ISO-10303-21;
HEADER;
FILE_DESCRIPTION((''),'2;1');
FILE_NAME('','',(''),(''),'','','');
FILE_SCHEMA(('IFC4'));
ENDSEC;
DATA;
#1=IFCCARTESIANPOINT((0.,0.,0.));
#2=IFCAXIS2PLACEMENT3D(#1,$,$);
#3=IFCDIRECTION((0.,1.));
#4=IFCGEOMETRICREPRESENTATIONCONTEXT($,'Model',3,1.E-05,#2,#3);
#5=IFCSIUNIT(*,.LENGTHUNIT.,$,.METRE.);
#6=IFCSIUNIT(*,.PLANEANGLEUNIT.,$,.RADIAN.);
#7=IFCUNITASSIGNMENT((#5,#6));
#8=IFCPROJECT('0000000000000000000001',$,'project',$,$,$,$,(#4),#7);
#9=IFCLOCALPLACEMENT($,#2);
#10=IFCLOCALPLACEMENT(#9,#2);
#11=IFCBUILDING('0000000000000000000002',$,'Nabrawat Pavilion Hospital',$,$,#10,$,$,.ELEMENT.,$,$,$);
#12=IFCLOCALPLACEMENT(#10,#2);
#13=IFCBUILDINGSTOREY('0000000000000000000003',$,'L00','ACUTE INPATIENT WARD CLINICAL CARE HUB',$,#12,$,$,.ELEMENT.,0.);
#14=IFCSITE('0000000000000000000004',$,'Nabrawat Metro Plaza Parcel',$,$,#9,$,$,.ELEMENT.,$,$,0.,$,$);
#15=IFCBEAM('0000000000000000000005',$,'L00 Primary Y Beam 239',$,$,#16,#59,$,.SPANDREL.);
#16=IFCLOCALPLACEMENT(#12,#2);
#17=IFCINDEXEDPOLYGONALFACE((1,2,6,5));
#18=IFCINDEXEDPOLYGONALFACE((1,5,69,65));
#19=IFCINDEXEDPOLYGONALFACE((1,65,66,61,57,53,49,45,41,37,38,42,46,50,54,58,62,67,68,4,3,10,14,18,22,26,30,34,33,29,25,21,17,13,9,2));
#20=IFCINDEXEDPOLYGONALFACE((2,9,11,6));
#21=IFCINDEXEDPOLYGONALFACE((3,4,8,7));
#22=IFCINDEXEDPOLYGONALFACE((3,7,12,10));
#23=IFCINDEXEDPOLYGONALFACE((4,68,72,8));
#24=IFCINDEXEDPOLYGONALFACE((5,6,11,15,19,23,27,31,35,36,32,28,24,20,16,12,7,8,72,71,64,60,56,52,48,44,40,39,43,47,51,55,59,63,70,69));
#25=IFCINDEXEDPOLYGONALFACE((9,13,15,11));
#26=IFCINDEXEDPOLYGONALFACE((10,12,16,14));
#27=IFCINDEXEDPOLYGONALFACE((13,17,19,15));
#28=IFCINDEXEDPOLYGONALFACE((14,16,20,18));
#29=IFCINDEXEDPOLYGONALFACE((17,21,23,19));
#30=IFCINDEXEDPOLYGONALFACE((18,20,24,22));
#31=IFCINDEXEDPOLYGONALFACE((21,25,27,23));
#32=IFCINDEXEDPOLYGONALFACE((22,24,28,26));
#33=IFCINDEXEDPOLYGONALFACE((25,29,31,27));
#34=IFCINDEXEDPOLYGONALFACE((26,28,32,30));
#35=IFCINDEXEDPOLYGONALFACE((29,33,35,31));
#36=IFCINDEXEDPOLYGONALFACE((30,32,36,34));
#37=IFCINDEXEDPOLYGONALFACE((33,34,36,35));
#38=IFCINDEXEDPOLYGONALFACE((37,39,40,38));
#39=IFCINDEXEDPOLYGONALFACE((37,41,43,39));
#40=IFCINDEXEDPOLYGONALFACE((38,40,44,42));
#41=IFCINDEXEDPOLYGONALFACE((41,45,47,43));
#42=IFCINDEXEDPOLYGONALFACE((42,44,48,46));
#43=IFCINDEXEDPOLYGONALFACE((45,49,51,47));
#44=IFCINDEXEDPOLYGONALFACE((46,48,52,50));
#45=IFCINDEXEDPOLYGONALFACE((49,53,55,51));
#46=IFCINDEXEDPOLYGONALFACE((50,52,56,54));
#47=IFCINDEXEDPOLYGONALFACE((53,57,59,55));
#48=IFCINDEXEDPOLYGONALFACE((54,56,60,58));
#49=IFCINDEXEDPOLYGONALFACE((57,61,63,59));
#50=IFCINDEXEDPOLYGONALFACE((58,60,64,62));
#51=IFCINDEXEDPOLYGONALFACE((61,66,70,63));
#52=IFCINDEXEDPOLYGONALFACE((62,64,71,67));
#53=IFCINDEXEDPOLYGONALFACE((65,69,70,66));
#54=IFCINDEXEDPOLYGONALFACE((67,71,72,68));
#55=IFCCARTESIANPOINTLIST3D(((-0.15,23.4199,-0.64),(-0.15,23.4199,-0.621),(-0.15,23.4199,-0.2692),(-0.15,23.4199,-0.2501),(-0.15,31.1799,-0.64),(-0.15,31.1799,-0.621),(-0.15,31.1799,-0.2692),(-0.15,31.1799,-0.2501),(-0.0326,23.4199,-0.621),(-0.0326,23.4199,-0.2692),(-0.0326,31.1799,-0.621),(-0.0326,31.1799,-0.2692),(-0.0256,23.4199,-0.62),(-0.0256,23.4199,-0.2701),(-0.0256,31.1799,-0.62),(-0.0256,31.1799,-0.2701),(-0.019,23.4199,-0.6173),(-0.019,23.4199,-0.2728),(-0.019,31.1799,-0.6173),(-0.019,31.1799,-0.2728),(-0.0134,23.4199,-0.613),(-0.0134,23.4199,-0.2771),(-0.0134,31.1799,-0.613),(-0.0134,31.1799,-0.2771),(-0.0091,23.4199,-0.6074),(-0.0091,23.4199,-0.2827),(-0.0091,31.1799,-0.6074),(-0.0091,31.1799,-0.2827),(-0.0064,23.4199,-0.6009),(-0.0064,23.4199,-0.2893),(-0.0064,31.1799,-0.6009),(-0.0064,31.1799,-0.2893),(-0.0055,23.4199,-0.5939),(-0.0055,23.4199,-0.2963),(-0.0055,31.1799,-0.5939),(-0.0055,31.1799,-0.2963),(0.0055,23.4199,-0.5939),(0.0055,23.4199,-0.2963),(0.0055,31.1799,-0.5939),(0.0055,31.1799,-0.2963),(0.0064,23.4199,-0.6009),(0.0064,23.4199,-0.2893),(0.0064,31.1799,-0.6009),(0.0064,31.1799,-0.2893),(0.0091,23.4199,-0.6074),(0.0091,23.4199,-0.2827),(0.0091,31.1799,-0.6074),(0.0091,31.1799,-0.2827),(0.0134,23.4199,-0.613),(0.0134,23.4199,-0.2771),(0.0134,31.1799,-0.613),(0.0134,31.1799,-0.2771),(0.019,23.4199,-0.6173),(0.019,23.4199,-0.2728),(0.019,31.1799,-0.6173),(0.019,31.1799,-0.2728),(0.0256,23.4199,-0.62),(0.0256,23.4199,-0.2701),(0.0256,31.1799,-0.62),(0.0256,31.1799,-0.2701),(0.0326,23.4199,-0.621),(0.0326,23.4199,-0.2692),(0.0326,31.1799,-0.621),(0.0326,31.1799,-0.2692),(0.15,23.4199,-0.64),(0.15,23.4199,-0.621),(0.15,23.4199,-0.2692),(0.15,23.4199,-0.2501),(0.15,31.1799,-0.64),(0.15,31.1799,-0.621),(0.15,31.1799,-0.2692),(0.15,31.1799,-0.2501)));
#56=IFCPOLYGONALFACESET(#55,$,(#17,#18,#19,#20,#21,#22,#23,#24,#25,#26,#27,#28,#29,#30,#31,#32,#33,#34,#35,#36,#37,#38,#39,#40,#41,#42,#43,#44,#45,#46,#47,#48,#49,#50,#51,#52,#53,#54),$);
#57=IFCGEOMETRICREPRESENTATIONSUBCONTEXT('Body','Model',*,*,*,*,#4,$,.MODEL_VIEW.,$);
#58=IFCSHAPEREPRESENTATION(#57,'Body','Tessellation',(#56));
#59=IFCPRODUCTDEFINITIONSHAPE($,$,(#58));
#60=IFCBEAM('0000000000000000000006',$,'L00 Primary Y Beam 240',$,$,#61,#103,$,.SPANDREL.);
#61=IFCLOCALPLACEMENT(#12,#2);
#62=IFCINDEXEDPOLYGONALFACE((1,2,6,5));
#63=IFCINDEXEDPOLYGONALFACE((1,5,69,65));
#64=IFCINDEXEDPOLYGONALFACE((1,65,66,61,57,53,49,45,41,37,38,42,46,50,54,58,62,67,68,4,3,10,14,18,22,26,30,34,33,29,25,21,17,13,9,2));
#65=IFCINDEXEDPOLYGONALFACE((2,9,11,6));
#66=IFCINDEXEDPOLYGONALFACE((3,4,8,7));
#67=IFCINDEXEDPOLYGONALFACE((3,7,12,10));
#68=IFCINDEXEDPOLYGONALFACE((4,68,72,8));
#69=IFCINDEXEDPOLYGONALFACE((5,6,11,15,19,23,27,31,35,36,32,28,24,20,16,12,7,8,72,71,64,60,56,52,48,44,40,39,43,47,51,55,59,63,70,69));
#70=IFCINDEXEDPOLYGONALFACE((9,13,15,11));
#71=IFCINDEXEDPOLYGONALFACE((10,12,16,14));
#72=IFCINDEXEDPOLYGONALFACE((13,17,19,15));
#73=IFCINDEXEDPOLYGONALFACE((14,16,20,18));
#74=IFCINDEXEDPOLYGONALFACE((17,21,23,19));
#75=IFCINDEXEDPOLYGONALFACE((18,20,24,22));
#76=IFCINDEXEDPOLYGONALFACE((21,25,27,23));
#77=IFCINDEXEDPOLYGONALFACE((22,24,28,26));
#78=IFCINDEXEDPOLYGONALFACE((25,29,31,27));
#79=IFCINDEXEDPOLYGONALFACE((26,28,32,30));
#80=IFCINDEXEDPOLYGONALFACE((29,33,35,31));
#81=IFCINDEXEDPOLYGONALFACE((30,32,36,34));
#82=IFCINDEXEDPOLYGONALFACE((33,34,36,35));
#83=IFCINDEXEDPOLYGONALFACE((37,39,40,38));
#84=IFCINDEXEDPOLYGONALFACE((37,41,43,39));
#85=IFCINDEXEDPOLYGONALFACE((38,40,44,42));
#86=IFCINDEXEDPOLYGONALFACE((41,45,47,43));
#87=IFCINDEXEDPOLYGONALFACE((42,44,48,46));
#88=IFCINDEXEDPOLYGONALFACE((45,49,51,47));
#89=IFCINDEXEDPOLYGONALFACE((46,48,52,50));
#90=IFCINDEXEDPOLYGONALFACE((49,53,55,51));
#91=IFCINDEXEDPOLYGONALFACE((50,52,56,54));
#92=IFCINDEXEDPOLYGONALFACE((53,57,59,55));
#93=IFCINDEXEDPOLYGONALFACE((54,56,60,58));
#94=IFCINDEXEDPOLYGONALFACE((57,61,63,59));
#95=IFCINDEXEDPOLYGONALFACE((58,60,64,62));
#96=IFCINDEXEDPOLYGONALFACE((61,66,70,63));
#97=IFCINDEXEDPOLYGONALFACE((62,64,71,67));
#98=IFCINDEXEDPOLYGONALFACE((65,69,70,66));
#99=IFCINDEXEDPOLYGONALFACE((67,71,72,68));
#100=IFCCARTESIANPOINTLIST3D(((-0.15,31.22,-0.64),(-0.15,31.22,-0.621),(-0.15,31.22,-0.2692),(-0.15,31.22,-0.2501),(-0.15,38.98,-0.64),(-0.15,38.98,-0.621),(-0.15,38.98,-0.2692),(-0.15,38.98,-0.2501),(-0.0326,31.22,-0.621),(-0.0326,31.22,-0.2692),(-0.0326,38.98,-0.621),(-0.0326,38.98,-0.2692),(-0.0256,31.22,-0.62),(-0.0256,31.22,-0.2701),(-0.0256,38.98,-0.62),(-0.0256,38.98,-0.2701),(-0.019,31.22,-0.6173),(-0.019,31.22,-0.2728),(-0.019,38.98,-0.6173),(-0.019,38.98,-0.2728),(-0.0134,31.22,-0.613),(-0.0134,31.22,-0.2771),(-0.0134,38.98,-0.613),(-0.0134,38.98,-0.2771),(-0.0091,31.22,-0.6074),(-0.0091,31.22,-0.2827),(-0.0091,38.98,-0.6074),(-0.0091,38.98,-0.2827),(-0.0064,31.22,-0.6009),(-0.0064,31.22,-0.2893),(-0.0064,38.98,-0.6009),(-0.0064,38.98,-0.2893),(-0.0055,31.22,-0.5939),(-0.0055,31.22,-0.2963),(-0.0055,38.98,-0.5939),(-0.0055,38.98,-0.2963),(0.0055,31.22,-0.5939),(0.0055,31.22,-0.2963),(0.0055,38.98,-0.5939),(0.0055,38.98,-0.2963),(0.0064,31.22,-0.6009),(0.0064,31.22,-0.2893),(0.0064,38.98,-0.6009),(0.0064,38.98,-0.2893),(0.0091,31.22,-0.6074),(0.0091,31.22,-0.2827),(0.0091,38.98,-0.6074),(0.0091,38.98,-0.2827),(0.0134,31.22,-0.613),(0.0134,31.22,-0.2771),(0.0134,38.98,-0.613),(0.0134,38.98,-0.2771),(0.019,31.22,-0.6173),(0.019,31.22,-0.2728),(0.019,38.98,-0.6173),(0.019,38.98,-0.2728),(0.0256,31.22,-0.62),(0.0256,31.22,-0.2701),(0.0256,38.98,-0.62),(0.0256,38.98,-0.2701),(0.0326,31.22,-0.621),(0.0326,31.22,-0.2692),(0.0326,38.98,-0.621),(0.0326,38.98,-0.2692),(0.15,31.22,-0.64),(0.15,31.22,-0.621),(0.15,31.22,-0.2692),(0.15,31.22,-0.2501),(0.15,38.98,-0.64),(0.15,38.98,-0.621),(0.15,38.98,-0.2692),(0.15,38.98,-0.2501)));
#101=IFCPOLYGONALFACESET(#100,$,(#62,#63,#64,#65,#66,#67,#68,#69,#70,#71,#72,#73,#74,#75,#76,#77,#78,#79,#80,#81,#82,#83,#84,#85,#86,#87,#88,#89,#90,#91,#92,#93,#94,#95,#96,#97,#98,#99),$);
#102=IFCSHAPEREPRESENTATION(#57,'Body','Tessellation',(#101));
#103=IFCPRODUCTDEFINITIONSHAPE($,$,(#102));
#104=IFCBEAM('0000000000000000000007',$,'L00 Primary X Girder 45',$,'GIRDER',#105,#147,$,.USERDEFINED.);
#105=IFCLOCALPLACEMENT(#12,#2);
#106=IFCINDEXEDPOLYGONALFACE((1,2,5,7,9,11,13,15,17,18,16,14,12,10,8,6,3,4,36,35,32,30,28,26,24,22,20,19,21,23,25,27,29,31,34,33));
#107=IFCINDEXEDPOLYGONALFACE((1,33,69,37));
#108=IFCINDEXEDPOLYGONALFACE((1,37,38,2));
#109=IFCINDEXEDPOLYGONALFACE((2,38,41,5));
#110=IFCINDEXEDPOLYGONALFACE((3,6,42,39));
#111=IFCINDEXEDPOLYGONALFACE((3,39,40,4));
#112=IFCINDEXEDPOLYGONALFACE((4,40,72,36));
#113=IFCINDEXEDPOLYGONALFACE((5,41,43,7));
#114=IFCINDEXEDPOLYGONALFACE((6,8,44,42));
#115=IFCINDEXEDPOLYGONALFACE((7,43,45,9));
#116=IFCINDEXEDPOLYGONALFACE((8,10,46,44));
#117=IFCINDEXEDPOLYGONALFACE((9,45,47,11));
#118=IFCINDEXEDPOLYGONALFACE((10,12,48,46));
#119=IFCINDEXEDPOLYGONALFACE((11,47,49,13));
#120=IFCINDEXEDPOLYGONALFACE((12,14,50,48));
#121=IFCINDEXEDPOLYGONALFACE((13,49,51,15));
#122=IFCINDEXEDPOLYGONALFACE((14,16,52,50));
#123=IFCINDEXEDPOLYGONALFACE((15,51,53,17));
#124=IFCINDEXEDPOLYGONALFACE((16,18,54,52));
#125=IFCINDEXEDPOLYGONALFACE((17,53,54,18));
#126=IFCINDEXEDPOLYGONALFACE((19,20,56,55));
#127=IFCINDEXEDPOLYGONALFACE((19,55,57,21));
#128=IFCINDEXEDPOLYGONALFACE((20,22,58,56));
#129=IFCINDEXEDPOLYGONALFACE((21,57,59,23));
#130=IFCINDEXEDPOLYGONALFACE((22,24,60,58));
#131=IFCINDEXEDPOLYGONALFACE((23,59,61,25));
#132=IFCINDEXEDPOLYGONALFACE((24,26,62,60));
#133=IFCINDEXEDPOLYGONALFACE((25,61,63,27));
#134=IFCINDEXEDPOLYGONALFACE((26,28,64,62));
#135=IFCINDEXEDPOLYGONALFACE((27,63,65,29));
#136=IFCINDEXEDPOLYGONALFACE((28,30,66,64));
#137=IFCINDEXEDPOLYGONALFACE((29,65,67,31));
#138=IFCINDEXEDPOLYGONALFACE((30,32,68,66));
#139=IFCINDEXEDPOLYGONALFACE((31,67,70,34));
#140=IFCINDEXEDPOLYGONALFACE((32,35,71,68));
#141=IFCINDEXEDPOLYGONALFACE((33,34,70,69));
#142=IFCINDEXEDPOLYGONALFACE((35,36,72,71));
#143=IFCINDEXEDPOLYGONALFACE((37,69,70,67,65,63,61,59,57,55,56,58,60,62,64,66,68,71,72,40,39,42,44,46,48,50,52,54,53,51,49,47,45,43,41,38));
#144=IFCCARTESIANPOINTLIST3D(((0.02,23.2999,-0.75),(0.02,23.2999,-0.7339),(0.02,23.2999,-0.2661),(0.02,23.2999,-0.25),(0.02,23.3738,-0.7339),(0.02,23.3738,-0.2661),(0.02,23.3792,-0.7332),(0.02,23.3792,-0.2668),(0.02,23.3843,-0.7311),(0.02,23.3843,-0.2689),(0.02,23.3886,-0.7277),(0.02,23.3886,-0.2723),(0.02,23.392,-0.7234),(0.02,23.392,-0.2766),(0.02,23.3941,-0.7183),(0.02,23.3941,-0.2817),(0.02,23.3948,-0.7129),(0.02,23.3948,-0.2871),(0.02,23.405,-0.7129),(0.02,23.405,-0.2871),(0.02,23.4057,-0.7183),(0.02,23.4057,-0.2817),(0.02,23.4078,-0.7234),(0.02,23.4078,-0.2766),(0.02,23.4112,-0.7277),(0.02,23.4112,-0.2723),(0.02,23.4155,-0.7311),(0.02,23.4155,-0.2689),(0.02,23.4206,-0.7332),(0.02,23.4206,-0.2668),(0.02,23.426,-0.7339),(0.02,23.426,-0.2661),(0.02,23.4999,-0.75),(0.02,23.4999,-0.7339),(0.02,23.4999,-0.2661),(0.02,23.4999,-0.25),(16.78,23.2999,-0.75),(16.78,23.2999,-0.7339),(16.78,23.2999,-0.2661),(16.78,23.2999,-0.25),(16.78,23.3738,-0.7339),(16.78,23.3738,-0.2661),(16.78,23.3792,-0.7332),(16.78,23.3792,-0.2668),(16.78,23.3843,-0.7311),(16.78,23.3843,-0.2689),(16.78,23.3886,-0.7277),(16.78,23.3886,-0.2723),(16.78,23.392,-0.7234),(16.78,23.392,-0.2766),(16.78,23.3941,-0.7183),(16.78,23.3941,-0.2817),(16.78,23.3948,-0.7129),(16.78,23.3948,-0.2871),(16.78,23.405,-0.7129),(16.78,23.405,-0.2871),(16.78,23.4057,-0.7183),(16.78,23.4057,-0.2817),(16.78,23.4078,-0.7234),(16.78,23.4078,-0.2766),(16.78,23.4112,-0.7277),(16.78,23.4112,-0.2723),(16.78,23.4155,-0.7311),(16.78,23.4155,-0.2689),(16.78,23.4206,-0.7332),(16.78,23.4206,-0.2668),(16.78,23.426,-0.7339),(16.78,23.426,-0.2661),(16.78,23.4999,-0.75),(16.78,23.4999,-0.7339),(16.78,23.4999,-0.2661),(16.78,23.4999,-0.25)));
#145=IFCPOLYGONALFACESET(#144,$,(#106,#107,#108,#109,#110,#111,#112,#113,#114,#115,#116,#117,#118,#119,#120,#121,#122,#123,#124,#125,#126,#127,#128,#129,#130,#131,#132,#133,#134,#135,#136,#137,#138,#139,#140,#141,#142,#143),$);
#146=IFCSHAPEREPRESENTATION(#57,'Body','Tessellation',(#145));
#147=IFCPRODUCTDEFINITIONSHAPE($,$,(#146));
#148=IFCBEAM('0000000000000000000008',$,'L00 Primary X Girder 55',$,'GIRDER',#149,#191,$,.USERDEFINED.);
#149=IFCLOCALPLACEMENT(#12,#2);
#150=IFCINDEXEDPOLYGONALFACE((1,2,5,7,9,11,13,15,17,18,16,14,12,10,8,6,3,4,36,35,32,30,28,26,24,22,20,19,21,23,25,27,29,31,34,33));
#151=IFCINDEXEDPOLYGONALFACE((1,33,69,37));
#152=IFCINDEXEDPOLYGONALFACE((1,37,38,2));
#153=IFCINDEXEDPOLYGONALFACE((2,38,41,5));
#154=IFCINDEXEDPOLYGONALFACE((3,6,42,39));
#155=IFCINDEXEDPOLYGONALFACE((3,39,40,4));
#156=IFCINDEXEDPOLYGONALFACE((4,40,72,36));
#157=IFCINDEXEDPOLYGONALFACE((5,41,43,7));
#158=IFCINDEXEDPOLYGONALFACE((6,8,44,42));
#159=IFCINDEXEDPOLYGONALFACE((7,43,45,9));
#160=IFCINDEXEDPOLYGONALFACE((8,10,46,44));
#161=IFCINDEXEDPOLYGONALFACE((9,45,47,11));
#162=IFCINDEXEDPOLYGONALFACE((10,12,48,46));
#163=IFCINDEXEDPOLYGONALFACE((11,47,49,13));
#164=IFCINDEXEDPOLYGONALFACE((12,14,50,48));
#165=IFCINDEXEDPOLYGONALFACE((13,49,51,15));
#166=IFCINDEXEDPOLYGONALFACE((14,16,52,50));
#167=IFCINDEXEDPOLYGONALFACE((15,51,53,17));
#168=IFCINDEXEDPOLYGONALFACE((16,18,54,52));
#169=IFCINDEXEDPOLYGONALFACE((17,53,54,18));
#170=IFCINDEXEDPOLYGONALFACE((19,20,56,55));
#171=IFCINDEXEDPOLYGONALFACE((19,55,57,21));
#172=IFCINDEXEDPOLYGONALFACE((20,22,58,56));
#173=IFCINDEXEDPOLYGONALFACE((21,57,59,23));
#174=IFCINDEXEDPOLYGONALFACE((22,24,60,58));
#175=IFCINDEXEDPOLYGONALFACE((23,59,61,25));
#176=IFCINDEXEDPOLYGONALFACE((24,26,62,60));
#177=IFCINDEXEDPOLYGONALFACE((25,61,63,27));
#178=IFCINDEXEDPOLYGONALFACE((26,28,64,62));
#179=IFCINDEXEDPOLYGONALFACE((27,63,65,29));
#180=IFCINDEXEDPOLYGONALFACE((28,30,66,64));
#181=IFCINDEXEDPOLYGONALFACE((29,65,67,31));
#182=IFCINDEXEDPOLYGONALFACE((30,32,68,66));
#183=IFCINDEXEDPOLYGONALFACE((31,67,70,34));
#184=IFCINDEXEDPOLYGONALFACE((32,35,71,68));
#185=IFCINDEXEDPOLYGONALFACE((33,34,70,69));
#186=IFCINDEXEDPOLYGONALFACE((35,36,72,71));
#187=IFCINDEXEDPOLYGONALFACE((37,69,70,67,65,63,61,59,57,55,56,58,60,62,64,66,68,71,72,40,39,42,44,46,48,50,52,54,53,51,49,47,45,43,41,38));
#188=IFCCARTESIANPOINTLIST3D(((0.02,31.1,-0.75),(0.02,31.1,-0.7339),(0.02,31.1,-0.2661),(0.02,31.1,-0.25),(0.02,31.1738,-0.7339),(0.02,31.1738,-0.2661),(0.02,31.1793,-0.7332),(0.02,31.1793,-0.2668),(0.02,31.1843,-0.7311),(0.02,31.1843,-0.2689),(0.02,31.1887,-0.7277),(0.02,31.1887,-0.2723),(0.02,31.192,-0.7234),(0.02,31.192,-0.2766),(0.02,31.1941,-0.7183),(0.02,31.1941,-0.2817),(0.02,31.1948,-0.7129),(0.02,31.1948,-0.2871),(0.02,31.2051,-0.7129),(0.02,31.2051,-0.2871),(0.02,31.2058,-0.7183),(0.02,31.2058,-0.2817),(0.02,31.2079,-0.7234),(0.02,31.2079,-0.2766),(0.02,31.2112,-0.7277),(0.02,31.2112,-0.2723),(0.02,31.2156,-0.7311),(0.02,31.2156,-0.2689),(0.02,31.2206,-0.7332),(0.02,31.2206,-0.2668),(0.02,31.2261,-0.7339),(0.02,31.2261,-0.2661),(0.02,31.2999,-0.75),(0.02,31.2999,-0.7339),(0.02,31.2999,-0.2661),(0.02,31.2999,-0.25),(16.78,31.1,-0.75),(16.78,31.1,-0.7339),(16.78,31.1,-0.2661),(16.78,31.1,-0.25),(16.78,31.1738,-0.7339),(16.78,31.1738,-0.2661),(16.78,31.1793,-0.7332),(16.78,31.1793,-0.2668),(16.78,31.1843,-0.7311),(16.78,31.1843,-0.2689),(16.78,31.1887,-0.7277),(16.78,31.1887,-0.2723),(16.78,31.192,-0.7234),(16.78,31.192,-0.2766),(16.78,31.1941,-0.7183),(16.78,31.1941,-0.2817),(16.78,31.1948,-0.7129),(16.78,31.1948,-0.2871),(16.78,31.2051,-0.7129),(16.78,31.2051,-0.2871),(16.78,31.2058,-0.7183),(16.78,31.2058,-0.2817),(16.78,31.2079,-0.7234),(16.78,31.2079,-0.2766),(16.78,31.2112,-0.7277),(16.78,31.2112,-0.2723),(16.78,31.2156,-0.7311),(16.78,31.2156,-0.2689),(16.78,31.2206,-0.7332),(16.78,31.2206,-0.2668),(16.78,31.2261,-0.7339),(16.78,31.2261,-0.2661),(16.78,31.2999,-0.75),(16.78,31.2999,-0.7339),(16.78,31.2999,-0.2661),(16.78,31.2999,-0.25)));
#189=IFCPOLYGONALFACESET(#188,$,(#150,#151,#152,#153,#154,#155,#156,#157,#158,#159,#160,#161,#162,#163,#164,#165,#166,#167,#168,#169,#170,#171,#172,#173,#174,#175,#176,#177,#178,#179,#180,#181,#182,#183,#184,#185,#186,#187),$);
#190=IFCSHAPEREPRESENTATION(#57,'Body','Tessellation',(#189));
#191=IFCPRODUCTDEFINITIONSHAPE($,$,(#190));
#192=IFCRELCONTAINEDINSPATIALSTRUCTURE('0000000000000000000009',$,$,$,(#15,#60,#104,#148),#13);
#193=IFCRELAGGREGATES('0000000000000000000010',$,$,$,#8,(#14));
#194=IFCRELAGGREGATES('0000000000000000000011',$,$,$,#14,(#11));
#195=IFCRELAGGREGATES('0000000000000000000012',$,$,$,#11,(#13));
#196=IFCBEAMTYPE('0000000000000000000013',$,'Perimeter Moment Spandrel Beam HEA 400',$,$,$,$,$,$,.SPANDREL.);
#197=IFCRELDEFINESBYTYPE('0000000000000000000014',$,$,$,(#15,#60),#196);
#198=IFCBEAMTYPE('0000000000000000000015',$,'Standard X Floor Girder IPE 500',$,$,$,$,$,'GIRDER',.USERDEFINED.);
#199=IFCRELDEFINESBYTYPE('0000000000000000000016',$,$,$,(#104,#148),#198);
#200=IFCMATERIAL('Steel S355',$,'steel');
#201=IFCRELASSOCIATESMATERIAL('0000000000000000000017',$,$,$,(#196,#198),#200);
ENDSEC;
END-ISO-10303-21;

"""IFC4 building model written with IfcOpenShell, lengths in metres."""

from ifc_helpers import new_model, si_unit, direction, frame, origin, origin_2d, place, context, subcontext, project, spatial, i_section, extrude, material, material_profile, profile_set, type_object, element, save


model = new_model("IFC4")

# Units and contexts
model_context = context("Model", 3, precision=1e-05, world=origin(), true_north=direction((0.0, 1.0)))
body_context = subcontext(model_context, "Body", "Model", "MODEL_VIEW")
ifc_project = project(units=[si_unit("LENGTHUNIT", "METRE"), si_unit("PLANEANGLEUNIT", "RADIAN")], contexts=[model_context])

# Site, building, storey
site_placement = place(None, origin())
site = spatial("IfcSite", under=ifc_project, at=site_placement, Name="Nabrawat Metro Plaza Parcel", CompositionType="ELEMENT", RefElevation=0.0)
building_placement = place(site_placement, origin())
building = spatial("IfcBuilding", under=site, at=building_placement, Name="Nabrawat Pavilion Hospital", CompositionType="ELEMENT")
storey_placement = place(building_placement, origin())
storey = spatial("IfcBuildingStorey", under=building, at=storey_placement, Name="L00", Description="ACUTE INPATIENT WARD CLINICAL CARE HUB", CompositionType="ELEMENT", Elevation=0.0)

# Shared definitions
ifc_material_1 = material(Name="Steel S355", Category="steel")

# Beams
ifc_material_profile_1 = material_profile(ifc_material_1, i_section(OverallWidth=0.3, OverallDepth=0.3899, WebThickness=0.011, FlangeThickness=0.019, FilletRadius=0.0271, at=origin_2d()), Name="HEA 400")
ifc_profile_set_1 = profile_set([ifc_material_profile_1], Name="Steel S355")
beam_type_1 = type_object("IfcBeamType", Name="Perimeter Moment Spandrel Beam HEA 400", PredefinedType="SPANDREL", material=ifc_profile_set_1)
for number, where, z_axis, x_axis, name in (
    (1, (0.0, 23.4199, -0.4451), (0.0, 1.0, 0.0), (-1.0, 0.0, 0.0), "L00 Primary Y Beam 239"),
    (2, (0.0, 31.22, -0.4451), (0.0, 1.0, 0.0), (-1.0, 0.0, 0.0), "L00 Primary Y Beam 240"),
):
    element("IfcBeam", number, at=place(storey_placement, frame(where, z_axis=z_axis, x_axis=x_axis)), inside=storey, type_object=beam_type_1, Name=name, PredefinedType="SPANDREL", context=body_context, shape_type="SweptSolid", body=[
        extrude(i_section(OverallWidth=0.3, OverallDepth=0.3899, WebThickness=0.011, FlangeThickness=0.019, FilletRadius=0.0271, at=origin_2d()), origin(), (0.0, 0.0, 1.0), 7.76),
    ])
ifc_material_profile_2 = material_profile(ifc_material_1, i_section(OverallWidth=0.2, OverallDepth=0.5, WebThickness=0.0103, FlangeThickness=0.0161, FilletRadius=0.021, at=origin_2d()), Name="IPE 500")
ifc_profile_set_2 = profile_set([ifc_material_profile_2], Name="Steel S355")
beam_type_2 = type_object("IfcBeamType", Name="Standard X Floor Girder IPE 500", ElementType="GIRDER", PredefinedType="USERDEFINED", material=ifc_profile_set_2)
for number, where, z_axis, x_axis, name in (
    (3, (0.02, 23.3999, -0.5), (1.0, 0.0, 0.0), (0.0, 1.0, 0.0), "L00 Primary X Girder 45"),
    (4, (0.02, 31.2, -0.5), (1.0, 0.0, 0.0), (0.0, 1.0, 0.0), "L00 Primary X Girder 55"),
):
    element("IfcBeam", number, at=place(storey_placement, frame(where, z_axis=z_axis, x_axis=x_axis)), inside=storey, type_object=beam_type_2, Name=name, ObjectType="GIRDER", PredefinedType="USERDEFINED", context=body_context, shape_type="SweptSolid", body=[
        extrude(i_section(OverallWidth=0.2, OverallDepth=0.5, WebThickness=0.0103, FlangeThickness=0.0161, FilletRadius=0.021, at=origin_2d()), origin(), (0.0, 0.0, 1.0), 16.76),
    ])

save(model, "model.ifc")
